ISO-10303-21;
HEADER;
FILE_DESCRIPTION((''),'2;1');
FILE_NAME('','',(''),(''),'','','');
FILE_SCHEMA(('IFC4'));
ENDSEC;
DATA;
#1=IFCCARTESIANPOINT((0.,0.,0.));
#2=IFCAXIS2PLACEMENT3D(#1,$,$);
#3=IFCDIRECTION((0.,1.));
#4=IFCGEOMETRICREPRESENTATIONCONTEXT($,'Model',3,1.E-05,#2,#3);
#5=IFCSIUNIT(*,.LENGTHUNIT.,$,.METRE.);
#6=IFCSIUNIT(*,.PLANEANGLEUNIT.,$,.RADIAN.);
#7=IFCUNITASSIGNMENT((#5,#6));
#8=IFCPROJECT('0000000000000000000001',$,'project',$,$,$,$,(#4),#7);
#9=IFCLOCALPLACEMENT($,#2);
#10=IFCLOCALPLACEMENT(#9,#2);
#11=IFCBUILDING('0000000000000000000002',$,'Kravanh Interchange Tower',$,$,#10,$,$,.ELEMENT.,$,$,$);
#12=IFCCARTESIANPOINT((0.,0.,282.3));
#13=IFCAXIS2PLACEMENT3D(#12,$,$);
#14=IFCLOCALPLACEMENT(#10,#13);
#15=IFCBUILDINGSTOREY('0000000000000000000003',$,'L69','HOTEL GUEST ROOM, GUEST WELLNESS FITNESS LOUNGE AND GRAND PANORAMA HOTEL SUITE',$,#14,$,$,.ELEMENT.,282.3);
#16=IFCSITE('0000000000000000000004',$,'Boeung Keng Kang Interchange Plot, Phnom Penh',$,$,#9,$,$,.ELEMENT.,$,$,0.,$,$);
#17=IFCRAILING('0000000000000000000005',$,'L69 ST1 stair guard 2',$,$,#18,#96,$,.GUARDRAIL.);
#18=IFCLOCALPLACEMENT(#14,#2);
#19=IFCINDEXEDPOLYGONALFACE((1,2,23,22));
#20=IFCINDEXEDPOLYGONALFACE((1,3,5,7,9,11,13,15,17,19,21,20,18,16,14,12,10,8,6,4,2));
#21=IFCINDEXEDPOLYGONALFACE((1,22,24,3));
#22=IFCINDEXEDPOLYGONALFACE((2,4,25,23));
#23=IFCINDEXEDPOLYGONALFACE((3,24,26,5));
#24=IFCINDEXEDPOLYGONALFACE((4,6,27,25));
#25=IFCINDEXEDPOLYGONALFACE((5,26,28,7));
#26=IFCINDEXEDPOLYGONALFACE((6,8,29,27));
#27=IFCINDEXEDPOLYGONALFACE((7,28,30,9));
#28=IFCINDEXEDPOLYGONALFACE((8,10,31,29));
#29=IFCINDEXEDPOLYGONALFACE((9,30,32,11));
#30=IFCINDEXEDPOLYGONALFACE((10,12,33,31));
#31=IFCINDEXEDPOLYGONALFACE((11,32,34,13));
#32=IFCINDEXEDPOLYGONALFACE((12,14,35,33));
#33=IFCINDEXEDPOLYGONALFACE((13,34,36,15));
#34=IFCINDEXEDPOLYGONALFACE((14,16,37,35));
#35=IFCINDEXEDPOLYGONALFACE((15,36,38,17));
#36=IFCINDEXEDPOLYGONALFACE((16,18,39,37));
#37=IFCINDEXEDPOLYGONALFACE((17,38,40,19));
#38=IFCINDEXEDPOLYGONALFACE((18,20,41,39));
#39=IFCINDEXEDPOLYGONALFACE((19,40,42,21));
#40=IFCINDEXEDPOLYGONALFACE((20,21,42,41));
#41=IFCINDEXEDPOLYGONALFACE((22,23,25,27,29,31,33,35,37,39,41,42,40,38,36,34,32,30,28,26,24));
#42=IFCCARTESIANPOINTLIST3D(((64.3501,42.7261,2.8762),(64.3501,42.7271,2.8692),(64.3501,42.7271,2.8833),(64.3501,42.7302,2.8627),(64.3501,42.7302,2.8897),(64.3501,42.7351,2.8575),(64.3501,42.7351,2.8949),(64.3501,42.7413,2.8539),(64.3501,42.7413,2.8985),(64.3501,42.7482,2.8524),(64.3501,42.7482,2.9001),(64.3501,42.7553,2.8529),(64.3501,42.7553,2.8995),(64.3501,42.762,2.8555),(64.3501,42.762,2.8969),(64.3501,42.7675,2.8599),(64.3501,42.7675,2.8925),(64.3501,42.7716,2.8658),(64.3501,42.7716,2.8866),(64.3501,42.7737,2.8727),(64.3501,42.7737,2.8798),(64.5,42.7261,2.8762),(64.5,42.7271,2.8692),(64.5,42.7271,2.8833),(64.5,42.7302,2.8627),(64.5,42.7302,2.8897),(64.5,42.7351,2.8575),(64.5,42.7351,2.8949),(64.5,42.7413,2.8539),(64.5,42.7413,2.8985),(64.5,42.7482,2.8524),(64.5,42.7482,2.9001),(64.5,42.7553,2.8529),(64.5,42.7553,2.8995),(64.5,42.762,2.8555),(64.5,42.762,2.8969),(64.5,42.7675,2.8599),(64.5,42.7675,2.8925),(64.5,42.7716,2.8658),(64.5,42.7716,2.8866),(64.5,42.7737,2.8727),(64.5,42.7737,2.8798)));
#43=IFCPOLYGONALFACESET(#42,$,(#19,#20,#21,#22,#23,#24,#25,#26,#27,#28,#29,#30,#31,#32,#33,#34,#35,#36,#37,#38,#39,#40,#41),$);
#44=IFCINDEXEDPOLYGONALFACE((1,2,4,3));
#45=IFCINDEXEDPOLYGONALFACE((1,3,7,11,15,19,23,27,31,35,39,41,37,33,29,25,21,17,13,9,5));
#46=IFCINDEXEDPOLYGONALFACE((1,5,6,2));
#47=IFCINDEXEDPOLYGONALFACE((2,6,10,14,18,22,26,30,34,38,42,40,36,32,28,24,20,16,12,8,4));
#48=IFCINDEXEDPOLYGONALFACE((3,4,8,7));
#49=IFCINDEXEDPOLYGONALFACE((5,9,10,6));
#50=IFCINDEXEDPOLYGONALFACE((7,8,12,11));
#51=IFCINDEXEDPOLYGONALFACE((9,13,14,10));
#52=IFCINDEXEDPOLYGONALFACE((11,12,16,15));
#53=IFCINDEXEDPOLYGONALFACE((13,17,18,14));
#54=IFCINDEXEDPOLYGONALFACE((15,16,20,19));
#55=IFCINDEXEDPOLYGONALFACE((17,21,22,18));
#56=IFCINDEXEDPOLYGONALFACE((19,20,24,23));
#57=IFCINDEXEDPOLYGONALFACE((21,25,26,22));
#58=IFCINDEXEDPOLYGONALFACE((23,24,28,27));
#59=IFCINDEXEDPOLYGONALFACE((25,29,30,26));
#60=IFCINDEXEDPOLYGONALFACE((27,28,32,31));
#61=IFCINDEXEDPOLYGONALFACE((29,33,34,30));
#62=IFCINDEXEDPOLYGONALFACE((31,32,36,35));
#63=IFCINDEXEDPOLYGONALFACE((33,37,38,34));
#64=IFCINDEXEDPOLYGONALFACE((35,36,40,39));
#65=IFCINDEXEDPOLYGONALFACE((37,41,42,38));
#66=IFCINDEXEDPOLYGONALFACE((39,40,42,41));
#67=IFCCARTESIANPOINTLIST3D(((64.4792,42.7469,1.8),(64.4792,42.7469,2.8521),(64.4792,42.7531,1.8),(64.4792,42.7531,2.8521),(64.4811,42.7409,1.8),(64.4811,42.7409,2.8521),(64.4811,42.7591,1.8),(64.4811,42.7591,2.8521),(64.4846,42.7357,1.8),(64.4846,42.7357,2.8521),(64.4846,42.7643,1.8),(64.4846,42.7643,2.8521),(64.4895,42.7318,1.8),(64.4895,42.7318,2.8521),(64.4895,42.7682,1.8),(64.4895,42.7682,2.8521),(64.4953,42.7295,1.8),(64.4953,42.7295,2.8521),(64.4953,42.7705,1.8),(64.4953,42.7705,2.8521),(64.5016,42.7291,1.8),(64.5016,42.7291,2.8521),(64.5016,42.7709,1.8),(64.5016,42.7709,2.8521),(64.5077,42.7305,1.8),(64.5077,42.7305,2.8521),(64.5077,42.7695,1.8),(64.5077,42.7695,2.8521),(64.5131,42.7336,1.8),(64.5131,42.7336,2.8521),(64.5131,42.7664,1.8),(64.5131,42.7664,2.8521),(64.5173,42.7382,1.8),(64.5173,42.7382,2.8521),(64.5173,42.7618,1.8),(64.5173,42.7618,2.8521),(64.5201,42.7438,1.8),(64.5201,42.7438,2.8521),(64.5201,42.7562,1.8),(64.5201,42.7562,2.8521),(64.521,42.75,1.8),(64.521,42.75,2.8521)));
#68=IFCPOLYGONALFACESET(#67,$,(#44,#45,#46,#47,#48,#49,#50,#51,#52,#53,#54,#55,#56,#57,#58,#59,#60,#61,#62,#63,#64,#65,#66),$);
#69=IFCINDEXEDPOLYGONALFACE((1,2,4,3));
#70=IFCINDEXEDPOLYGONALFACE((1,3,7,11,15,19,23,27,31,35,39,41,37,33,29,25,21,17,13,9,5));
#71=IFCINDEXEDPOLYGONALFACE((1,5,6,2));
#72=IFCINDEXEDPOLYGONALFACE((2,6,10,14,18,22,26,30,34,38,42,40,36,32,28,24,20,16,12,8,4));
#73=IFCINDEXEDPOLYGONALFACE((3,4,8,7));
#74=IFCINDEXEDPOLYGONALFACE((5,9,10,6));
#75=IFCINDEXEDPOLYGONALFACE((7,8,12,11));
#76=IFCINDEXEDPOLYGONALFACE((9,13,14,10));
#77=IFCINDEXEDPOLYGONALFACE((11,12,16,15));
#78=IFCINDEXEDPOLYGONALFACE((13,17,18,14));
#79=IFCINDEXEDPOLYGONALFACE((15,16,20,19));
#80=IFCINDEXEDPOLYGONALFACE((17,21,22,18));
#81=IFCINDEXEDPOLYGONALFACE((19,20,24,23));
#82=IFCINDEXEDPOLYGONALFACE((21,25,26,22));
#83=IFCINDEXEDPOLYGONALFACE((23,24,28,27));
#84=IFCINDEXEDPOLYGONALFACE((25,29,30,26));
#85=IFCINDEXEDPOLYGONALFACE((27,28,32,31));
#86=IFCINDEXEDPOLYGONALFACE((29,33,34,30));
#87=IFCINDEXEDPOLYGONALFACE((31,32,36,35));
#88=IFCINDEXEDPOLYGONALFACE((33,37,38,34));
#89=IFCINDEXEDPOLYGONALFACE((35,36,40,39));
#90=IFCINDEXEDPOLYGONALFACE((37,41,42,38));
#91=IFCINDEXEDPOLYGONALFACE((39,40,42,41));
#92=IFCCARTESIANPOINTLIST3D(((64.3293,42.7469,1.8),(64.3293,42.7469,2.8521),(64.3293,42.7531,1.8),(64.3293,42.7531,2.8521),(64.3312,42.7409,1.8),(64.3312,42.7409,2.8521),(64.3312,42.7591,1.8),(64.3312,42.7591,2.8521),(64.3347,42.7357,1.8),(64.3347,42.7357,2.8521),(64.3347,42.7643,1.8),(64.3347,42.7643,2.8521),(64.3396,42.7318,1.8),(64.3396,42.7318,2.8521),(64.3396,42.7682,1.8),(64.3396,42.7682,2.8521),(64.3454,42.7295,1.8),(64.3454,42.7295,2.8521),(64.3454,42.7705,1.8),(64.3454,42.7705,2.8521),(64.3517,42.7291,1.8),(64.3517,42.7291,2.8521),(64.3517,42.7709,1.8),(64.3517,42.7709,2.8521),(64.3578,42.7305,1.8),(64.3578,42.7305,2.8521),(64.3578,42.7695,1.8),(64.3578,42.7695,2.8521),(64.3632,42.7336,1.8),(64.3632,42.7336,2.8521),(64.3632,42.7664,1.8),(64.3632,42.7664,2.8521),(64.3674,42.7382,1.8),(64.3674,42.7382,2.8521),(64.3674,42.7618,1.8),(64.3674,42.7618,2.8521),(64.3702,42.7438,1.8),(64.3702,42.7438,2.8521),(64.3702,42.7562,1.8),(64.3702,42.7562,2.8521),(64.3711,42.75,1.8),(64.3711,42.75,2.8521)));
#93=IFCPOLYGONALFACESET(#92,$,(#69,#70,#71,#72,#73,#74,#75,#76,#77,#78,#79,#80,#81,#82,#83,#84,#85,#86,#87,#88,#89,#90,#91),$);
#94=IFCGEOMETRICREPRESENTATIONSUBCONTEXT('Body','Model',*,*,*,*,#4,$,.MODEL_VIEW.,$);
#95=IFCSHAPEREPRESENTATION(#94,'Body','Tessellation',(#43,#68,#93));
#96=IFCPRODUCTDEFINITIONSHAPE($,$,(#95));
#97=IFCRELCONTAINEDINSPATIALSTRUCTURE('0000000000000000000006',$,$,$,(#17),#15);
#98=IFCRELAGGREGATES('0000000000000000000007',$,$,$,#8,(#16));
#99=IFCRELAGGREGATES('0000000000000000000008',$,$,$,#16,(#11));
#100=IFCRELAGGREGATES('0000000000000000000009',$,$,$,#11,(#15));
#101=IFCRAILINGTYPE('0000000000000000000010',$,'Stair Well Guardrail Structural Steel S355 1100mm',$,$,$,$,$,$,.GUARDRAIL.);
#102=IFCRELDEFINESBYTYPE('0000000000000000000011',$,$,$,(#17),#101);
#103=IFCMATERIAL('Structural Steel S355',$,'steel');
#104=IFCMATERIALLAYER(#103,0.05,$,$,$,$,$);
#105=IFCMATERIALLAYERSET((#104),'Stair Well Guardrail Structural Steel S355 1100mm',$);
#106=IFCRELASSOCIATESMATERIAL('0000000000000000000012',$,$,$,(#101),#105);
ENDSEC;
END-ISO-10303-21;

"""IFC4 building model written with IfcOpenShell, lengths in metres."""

from ifc_helpers import new_model, si_unit, direction, frame, origin, origin_2d, place, context, subcontext, project, spatial, circle, extrude, material, layer, layer_set, type_object, element, save


model = new_model("IFC4")

# Units and contexts
model_context = context("Model", 3, precision=1e-05, world=origin(), true_north=direction((0.0, 1.0)))
body_context = subcontext(model_context, "Body", "Model", "MODEL_VIEW")
ifc_project = project(units=[si_unit("LENGTHUNIT", "METRE"), si_unit("PLANEANGLEUNIT", "RADIAN")], contexts=[model_context])

# Site, building, storey
site_placement = place(None, origin())
site = spatial("IfcSite", under=ifc_project, at=site_placement, Name="Boeung Keng Kang Interchange Plot, Phnom Penh", CompositionType="ELEMENT", RefElevation=0.0)
building_placement = place(site_placement, origin())
building = spatial("IfcBuilding", under=site, at=building_placement, Name="Kravanh Interchange Tower", CompositionType="ELEMENT")
storey_placement = place(building_placement, frame((0.0, 0.0, 282.3)))
storey = spatial("IfcBuildingStorey", under=building, at=storey_placement, Name="L69", Description="HOTEL GUEST ROOM, GUEST WELLNESS FITNESS LOUNGE AND GRAND PANORAMA HOTEL SUITE", CompositionType="ELEMENT", Elevation=282.3)

# Railing
ifc_material_1 = material(Name="Structural Steel S355", Category="steel")
ifc_layer_1 = layer(ifc_material_1, 0.05)
ifc_layer_set_1 = layer_set([ifc_layer_1], Name="Stair Well Guardrail Structural Steel S355 1100mm")
railing_type_1 = type_object("IfcRailingType", Name="Stair Well Guardrail Structural Steel S355 1100mm", PredefinedType="GUARDRAIL", material=ifc_layer_set_1)
railing_1_placement = place(storey_placement, frame((64.5, 42.75, 1.8)))
element("IfcRailing", 1, at=railing_1_placement, inside=storey, type_object=railing_type_1, Name="L69 ST1 stair guard 2", PredefinedType="GUARDRAIL", context=body_context, shape_type="SweptSolid", body=[
    extrude(circle(Radius=0.0239, at=origin_2d()), frame((0.0, 0.0, 1.0762), z_axis=(-1.0, 0.0, 0.0), x_axis=(0.0, -1.0, 0.0)), (0.0, 0.0, 1.0), 0.1499),
    extrude(circle(Radius=0.021, at=origin_2d()), origin(), (0.0, 0.0, 1.0), 1.052),
    extrude(circle(Radius=0.021, at=origin_2d()), frame((-0.1499, 0.0, 0.0)), (0.0, 0.0, 1.0), 1.052),
])

save(model, "model.ifc")
